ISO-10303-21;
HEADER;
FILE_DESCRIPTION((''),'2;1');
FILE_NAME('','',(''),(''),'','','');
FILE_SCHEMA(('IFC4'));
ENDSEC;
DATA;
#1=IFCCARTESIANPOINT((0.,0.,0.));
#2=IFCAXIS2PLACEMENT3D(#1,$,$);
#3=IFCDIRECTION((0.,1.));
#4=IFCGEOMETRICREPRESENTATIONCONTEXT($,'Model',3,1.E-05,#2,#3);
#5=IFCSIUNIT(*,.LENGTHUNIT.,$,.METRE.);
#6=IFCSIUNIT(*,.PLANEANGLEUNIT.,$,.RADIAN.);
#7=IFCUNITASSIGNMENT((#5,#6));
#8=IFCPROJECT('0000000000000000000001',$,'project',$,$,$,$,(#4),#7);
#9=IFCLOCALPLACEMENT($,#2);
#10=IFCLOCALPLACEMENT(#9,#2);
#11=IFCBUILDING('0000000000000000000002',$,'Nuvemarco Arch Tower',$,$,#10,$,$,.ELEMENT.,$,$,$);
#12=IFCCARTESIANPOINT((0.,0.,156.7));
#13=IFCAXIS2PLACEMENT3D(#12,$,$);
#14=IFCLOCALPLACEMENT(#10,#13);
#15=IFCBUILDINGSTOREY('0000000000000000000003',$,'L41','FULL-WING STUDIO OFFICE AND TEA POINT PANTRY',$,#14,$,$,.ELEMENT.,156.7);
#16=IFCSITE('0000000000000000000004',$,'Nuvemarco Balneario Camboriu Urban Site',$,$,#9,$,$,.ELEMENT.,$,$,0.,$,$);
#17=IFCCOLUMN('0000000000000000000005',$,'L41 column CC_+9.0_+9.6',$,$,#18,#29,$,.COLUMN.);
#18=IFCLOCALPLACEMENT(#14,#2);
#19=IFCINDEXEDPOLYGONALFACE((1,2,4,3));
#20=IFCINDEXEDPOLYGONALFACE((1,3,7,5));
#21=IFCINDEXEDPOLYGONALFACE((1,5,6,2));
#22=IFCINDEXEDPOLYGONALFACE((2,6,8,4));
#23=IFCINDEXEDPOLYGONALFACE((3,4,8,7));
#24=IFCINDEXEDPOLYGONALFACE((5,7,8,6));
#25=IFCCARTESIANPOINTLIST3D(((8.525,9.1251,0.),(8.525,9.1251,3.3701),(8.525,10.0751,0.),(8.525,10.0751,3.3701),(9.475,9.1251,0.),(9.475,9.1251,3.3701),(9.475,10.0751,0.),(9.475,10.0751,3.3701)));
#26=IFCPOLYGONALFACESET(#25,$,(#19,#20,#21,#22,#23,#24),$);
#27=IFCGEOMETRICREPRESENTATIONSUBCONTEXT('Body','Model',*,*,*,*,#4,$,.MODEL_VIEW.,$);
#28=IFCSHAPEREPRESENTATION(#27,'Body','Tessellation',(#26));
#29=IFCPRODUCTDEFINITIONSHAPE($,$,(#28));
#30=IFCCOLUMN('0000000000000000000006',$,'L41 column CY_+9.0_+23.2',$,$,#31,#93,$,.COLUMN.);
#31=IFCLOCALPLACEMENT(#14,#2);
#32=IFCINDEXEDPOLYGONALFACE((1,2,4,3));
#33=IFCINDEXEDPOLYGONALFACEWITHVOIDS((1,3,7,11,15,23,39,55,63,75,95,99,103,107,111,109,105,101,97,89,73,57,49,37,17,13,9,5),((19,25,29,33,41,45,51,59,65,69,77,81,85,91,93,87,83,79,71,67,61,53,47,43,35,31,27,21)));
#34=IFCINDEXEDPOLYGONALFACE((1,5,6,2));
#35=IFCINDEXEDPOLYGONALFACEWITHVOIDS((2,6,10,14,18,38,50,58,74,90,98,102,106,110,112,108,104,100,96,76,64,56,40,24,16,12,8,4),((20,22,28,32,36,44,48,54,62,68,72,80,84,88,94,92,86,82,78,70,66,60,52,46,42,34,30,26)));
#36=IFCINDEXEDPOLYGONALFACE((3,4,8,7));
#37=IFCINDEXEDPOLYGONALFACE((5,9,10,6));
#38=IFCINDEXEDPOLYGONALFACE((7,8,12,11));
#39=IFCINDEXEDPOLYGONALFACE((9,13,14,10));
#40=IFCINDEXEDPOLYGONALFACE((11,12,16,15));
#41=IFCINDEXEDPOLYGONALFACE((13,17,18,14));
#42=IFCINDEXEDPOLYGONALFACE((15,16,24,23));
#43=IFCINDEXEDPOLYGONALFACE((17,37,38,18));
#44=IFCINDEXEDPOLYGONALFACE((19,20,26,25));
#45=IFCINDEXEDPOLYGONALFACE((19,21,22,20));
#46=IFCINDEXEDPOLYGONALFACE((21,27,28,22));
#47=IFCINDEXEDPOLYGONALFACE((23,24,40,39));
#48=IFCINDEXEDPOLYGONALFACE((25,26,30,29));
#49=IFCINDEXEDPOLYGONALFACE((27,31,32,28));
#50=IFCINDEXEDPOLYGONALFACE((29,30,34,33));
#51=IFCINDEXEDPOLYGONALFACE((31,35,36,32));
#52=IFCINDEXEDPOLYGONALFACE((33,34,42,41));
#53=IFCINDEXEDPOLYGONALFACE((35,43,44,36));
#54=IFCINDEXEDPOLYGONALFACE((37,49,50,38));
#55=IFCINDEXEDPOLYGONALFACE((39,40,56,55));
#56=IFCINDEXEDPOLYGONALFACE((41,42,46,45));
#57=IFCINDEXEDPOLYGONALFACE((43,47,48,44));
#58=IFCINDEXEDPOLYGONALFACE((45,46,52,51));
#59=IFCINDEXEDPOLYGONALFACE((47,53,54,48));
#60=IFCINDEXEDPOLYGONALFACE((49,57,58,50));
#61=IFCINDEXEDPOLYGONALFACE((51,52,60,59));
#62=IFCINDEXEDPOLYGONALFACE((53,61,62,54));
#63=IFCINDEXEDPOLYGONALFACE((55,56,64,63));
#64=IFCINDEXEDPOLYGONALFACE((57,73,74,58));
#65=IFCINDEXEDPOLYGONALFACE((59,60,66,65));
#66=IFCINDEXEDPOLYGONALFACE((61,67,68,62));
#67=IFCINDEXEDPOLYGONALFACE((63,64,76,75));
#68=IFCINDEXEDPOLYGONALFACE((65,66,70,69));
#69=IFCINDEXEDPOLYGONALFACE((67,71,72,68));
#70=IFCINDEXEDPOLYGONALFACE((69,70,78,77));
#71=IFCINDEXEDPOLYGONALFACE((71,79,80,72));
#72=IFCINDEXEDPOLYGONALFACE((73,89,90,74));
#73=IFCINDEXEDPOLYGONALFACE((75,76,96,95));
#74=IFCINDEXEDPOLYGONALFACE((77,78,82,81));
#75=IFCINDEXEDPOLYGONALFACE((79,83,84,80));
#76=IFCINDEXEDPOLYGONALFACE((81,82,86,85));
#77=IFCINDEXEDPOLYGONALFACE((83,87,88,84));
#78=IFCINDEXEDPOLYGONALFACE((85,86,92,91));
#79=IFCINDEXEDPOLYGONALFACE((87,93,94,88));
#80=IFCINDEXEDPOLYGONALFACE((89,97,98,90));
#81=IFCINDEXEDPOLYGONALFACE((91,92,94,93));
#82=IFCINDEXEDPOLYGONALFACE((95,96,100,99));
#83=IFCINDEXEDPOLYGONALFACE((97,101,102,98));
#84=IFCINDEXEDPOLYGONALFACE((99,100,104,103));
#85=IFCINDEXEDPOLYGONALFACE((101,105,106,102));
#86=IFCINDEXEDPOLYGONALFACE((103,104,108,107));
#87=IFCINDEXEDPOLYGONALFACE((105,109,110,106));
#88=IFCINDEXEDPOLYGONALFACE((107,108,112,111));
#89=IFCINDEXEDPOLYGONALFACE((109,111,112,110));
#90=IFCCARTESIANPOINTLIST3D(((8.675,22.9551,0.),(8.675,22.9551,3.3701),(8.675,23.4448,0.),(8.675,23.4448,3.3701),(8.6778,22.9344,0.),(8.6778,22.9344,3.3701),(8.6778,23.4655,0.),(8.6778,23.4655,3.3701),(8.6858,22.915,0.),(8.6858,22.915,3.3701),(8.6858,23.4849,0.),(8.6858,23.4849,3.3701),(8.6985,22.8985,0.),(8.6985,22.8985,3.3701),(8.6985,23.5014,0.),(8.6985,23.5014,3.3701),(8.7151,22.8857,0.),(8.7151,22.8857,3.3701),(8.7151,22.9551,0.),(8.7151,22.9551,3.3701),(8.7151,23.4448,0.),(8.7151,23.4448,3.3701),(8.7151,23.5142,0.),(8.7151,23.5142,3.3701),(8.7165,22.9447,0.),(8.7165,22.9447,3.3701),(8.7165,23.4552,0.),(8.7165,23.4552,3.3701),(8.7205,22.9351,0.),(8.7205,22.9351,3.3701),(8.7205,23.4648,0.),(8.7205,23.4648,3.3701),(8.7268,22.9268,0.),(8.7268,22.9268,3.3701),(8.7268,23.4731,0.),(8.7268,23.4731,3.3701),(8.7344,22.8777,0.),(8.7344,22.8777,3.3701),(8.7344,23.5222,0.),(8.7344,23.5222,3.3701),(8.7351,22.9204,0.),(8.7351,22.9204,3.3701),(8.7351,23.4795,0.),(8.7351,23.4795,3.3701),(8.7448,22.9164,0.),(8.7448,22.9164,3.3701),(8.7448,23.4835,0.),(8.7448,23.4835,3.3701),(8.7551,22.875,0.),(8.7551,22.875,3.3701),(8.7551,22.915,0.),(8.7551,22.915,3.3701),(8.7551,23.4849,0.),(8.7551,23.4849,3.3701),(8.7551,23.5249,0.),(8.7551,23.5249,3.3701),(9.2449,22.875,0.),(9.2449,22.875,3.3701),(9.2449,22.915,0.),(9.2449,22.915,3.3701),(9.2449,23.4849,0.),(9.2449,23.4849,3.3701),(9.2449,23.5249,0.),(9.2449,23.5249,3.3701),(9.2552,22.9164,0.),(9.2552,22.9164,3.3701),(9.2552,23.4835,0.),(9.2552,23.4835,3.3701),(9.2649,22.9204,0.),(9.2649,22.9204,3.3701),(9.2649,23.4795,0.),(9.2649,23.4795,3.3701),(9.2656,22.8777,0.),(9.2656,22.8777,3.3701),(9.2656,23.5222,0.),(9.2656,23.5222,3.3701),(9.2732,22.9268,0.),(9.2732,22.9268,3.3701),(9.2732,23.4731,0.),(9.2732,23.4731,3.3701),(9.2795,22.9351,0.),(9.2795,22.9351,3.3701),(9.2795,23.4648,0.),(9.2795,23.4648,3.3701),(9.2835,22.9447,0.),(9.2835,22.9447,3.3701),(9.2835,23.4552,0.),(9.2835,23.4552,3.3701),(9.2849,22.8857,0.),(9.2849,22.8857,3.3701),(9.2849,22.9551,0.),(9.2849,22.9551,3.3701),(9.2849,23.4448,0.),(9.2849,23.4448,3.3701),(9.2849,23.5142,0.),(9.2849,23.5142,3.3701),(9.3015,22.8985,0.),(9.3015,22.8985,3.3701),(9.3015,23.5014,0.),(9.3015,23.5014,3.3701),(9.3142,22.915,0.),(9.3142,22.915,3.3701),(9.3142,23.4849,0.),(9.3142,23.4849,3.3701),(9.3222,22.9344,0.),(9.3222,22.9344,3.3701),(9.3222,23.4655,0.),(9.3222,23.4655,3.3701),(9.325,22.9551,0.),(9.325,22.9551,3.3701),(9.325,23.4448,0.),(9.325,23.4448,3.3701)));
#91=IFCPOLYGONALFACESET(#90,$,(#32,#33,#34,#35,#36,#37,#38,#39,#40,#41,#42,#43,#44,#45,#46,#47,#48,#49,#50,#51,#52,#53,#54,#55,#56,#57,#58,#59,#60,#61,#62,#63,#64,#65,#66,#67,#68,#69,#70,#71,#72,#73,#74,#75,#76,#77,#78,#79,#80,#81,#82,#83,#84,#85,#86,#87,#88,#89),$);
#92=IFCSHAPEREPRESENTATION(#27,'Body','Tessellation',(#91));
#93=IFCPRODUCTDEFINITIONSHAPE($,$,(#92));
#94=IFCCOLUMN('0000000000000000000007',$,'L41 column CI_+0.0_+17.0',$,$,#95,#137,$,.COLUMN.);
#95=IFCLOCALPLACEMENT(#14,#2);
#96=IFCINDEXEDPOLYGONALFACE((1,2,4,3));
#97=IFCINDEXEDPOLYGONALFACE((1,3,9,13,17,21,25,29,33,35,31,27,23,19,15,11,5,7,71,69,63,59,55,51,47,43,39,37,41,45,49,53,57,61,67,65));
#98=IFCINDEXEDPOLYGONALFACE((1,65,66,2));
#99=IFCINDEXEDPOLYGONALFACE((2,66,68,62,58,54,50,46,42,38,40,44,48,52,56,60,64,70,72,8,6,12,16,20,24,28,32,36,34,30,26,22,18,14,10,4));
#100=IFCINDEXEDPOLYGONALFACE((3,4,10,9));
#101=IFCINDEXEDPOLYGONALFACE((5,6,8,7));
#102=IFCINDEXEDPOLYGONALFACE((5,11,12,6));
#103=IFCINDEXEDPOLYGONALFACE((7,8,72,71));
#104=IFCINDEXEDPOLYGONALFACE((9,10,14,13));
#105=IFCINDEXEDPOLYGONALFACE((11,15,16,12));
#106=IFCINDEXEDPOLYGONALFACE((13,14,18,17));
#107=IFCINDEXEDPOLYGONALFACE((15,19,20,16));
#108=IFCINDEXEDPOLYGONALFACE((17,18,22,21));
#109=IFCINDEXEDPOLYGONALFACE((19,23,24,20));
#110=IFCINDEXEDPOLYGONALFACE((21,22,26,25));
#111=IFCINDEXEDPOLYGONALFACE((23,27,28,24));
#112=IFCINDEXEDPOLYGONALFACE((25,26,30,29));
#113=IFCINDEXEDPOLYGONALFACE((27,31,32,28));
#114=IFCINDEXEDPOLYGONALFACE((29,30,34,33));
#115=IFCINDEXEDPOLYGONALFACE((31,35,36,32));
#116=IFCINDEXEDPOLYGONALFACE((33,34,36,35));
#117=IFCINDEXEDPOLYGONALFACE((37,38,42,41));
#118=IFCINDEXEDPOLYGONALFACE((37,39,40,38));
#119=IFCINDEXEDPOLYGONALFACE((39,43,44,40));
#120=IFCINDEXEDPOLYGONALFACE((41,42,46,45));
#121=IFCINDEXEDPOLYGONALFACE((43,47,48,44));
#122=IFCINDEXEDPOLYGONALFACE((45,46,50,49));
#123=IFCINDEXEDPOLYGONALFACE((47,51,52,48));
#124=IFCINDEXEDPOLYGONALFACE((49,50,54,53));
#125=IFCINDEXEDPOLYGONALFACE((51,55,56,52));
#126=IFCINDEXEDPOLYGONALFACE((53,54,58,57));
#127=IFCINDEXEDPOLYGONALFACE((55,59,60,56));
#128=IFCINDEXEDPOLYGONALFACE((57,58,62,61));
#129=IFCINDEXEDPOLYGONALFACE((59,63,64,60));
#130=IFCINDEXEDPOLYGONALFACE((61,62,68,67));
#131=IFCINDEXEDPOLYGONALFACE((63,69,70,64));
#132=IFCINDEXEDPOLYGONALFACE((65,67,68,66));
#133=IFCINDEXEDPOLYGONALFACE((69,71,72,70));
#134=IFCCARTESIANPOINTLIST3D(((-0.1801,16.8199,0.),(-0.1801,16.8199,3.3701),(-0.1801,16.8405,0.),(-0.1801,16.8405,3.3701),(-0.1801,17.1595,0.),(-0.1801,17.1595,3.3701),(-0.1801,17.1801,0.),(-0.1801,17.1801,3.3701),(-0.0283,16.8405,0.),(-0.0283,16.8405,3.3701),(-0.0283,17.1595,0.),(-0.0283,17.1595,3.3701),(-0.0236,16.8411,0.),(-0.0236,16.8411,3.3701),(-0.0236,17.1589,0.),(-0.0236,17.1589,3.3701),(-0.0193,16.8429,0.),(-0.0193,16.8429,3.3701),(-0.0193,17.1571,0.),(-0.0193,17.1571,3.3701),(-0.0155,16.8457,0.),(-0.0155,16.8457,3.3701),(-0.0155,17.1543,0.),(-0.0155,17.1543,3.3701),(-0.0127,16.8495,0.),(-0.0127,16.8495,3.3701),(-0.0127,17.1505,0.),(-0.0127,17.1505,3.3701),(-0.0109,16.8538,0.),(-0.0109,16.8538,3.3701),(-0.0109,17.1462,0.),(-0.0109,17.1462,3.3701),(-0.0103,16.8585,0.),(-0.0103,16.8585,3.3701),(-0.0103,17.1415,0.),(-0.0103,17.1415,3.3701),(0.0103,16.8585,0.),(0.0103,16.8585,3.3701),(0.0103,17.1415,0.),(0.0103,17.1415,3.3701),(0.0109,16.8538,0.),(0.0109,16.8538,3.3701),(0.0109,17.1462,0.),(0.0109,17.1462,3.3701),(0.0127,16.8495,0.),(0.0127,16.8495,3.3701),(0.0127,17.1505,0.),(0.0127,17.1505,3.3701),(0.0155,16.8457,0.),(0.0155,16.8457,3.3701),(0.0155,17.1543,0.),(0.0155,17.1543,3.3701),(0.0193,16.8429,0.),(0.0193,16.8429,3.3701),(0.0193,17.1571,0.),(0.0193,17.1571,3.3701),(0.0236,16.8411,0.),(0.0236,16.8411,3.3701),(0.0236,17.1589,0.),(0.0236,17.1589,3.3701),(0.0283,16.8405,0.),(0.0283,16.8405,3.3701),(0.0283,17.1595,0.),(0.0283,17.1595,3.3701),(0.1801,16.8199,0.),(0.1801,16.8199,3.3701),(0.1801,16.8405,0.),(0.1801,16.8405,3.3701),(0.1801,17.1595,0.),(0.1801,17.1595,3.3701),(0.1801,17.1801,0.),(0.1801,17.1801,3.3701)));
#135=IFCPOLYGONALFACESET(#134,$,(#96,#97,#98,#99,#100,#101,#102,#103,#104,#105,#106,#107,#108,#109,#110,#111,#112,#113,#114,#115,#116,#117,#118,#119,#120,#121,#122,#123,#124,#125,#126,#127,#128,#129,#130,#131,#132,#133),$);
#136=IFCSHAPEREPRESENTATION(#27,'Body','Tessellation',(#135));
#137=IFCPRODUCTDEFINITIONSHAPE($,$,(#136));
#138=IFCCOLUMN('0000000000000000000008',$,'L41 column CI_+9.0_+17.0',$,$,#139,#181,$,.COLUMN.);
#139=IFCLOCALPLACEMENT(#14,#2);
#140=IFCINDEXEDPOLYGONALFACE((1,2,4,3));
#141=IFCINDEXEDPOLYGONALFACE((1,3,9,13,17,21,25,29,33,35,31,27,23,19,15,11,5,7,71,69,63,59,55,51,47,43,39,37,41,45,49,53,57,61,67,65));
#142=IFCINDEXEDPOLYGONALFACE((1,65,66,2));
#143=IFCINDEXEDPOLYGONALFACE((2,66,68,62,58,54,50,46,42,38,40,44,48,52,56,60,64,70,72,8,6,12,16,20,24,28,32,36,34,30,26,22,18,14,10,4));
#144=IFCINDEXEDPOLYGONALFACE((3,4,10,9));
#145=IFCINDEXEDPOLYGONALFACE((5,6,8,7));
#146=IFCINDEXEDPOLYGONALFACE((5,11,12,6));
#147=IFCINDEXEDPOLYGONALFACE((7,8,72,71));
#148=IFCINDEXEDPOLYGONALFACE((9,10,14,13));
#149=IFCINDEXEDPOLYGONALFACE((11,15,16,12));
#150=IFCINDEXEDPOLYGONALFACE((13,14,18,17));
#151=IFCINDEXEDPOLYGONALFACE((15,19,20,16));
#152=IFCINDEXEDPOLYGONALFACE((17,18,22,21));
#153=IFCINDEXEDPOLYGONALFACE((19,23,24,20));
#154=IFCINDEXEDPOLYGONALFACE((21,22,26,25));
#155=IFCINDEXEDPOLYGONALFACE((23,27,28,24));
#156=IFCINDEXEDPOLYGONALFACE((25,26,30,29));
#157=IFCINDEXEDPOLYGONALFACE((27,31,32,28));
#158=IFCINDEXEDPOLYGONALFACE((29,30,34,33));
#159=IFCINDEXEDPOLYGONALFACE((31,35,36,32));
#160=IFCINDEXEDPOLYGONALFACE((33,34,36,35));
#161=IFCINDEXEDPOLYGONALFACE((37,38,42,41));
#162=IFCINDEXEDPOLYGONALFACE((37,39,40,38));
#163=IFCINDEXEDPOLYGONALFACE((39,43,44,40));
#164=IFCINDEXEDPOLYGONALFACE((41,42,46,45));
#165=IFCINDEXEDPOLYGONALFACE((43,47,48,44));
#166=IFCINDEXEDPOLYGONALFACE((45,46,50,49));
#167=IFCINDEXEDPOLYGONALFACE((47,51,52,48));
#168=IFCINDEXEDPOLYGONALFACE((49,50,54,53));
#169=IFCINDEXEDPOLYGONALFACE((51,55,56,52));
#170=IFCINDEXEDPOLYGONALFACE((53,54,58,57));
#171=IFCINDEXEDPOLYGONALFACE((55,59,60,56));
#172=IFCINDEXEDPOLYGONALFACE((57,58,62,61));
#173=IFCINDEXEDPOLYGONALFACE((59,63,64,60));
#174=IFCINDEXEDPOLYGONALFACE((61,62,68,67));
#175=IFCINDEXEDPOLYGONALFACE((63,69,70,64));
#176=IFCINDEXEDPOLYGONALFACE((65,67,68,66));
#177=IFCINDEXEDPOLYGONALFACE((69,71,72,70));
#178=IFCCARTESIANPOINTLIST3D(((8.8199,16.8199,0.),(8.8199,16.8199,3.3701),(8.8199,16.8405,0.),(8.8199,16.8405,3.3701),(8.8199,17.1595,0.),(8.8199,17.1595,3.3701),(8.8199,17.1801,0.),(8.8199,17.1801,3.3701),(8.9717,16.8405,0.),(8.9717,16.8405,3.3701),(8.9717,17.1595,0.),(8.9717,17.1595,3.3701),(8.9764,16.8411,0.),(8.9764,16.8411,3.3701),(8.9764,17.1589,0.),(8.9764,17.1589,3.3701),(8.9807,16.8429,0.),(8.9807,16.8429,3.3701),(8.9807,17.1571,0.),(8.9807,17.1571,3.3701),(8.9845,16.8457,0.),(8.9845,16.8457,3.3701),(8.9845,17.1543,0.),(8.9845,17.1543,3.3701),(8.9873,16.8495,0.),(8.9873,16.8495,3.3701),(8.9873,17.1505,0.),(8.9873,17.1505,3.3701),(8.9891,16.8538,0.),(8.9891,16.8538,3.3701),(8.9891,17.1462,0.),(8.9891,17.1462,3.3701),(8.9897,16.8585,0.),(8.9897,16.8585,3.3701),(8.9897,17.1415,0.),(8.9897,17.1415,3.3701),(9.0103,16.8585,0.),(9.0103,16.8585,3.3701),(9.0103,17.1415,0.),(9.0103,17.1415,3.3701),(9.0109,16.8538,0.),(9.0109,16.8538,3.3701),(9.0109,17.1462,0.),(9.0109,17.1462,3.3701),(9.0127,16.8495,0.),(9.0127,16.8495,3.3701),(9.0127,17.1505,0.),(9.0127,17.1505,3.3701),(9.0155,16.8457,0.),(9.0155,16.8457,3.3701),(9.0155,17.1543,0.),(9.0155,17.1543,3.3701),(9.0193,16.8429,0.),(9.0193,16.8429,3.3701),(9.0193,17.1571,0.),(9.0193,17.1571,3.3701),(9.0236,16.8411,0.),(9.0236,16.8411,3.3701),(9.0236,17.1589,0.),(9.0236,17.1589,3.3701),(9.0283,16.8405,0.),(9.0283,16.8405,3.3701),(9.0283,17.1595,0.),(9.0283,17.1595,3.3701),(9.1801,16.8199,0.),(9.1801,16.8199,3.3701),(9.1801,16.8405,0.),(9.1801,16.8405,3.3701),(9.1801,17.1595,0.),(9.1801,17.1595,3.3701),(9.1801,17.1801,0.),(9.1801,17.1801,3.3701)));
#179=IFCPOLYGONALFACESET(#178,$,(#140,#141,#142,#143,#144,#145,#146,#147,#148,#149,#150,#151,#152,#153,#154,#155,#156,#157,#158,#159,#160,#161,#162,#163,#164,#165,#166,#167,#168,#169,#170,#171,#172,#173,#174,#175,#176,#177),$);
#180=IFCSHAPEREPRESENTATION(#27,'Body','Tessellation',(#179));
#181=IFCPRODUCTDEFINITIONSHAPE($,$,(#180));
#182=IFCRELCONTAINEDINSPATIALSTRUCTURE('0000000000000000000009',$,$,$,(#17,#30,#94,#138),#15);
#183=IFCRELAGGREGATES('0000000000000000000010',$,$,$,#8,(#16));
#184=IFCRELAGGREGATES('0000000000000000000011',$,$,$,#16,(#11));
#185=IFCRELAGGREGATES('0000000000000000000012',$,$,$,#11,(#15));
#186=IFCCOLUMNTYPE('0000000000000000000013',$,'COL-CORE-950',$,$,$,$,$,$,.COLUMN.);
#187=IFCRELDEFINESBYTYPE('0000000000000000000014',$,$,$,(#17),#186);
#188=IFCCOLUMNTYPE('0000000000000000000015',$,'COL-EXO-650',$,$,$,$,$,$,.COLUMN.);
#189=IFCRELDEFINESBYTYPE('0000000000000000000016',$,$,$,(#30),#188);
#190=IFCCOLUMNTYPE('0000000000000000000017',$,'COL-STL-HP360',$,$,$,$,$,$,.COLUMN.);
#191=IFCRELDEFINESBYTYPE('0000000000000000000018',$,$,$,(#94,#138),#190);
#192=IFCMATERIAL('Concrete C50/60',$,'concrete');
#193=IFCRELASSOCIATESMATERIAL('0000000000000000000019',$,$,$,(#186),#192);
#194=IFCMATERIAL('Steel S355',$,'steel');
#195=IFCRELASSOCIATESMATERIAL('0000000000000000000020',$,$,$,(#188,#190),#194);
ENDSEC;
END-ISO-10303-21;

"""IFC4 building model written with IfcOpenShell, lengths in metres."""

from ifc_helpers import new_model, si_unit, direction, frame, origin, origin_2d, place, context, subcontext, project, spatial, rectangle, hollow_rectangle, i_section, extrude, material, material_profile, profile_set, type_object, element, save


model = new_model("IFC4")

# Units and contexts
model_context = context("Model", 3, precision=1e-05, world=origin(), true_north=direction((0.0, 1.0)))
body_context = subcontext(model_context, "Body", "Model", "MODEL_VIEW")
ifc_project = project(units=[si_unit("LENGTHUNIT", "METRE"), si_unit("PLANEANGLEUNIT", "RADIAN")], contexts=[model_context])

# Site, building, storey
site_placement = place(None, origin())
site = spatial("IfcSite", under=ifc_project, at=site_placement, Name="Nuvemarco Balneario Camboriu Urban Site", CompositionType="ELEMENT", RefElevation=0.0)
building_placement = place(site_placement, origin())
building = spatial("IfcBuilding", under=site, at=building_placement, Name="Nuvemarco Arch Tower", CompositionType="ELEMENT")
storey_placement = place(building_placement, frame((0.0, 0.0, 156.7)))
storey = spatial("IfcBuildingStorey", under=building, at=storey_placement, Name="L41", Description="FULL-WING STUDIO OFFICE AND TEA POINT PANTRY", CompositionType="ELEMENT", Elevation=156.7)

# Columns
ifc_material_1 = material(Name="Concrete C50/60", Category="concrete")
ifc_material_profile_1 = material_profile(ifc_material_1, rectangle(XDim=0.95, YDim=0.95, at=origin_2d()), Name="RC-COL-950x950")
ifc_profile_set_1 = profile_set([ifc_material_profile_1], Name="Concrete C50/60")
column_type_1 = type_object("IfcColumnType", Name="COL-CORE-950", PredefinedType="COLUMN", material=ifc_profile_set_1)
column_1_placement = place(storey_placement, frame((9.0, 9.6001, 0.0), z_axis=(0.0, 0.0, 1.0), x_axis=(1.0, 0.0, 0.0)))
element("IfcColumn", 1, at=column_1_placement, inside=storey, type_object=column_type_1, Name="L41 column CC_+9.0_+9.6", PredefinedType="COLUMN", context=body_context, shape_type="SweptSolid", body=[
    extrude(rectangle(XDim=0.95, YDim=0.95, at=origin_2d()), origin(), (0.0, 0.0, 1.0), 3.3701),
])
ifc_material_2 = material(Name="Steel S355", Category="steel")
ifc_material_profile_2 = material_profile(ifc_material_2, hollow_rectangle(XDim=0.6499, YDim=0.6499, WallThickness=0.04, InnerFilletRadius=0.04, OuterFilletRadius=0.0801, at=origin_2d()), Name="SHS650x650x40")
ifc_profile_set_2 = profile_set([ifc_material_profile_2], Name="Steel S355")
column_type_2 = type_object("IfcColumnType", Name="COL-EXO-650", PredefinedType="COLUMN", material=ifc_profile_set_2)
column_2_placement = place(storey_placement, frame((9.0, 23.2, 0.0), z_axis=(0.0, 0.0, 1.0), x_axis=(1.0, 0.0, 0.0)))
element("IfcColumn", 2, at=column_2_placement, inside=storey, type_object=column_type_2, Name="L41 column CY_+9.0_+23.2", PredefinedType="COLUMN", context=body_context, shape_type="SweptSolid", body=[
    extrude(hollow_rectangle(XDim=0.6499, YDim=0.6499, WallThickness=0.04, InnerFilletRadius=0.04, OuterFilletRadius=0.0801, at=origin_2d()), origin(), (0.0, 0.0, 1.0), 3.3701),
])
ifc_material_profile_3 = material_profile(ifc_material_2, i_section(OverallWidth=0.3601, OverallDepth=0.3601, WebThickness=0.0205, FlangeThickness=0.0205, FilletRadius=0.0181, at=origin_2d()), Name="HP360x174")
ifc_profile_set_3 = profile_set([ifc_material_profile_3], Name="Steel S355")
column_type_3 = type_object("IfcColumnType", Name="COL-STL-HP360", PredefinedType="COLUMN", material=ifc_profile_set_3)
for number, where, z_axis, x_axis, name in (
    (3, (0.0, 17.0, 0.0), (0.0, 0.0, 1.0), (1.0, 0.0, 0.0), "L41 column CI_+0.0_+17.0"),
    (4, (9.0, 17.0, 0.0), (0.0, 0.0, 1.0), (1.0, 0.0, 0.0), "L41 column CI_+9.0_+17.0"),
):
    element("IfcColumn", number, at=place(storey_placement, frame(where, z_axis=z_axis, x_axis=x_axis)), inside=storey, type_object=column_type_3, Name=name, PredefinedType="COLUMN", context=body_context, shape_type="SweptSolid", body=[
        extrude(i_section(OverallWidth=0.3601, OverallDepth=0.3601, WebThickness=0.0205, FlangeThickness=0.0205, FilletRadius=0.0181, at=origin_2d()), origin(), (0.0, 0.0, 1.0), 3.3701),
    ])

save(model, "model.ifc")
